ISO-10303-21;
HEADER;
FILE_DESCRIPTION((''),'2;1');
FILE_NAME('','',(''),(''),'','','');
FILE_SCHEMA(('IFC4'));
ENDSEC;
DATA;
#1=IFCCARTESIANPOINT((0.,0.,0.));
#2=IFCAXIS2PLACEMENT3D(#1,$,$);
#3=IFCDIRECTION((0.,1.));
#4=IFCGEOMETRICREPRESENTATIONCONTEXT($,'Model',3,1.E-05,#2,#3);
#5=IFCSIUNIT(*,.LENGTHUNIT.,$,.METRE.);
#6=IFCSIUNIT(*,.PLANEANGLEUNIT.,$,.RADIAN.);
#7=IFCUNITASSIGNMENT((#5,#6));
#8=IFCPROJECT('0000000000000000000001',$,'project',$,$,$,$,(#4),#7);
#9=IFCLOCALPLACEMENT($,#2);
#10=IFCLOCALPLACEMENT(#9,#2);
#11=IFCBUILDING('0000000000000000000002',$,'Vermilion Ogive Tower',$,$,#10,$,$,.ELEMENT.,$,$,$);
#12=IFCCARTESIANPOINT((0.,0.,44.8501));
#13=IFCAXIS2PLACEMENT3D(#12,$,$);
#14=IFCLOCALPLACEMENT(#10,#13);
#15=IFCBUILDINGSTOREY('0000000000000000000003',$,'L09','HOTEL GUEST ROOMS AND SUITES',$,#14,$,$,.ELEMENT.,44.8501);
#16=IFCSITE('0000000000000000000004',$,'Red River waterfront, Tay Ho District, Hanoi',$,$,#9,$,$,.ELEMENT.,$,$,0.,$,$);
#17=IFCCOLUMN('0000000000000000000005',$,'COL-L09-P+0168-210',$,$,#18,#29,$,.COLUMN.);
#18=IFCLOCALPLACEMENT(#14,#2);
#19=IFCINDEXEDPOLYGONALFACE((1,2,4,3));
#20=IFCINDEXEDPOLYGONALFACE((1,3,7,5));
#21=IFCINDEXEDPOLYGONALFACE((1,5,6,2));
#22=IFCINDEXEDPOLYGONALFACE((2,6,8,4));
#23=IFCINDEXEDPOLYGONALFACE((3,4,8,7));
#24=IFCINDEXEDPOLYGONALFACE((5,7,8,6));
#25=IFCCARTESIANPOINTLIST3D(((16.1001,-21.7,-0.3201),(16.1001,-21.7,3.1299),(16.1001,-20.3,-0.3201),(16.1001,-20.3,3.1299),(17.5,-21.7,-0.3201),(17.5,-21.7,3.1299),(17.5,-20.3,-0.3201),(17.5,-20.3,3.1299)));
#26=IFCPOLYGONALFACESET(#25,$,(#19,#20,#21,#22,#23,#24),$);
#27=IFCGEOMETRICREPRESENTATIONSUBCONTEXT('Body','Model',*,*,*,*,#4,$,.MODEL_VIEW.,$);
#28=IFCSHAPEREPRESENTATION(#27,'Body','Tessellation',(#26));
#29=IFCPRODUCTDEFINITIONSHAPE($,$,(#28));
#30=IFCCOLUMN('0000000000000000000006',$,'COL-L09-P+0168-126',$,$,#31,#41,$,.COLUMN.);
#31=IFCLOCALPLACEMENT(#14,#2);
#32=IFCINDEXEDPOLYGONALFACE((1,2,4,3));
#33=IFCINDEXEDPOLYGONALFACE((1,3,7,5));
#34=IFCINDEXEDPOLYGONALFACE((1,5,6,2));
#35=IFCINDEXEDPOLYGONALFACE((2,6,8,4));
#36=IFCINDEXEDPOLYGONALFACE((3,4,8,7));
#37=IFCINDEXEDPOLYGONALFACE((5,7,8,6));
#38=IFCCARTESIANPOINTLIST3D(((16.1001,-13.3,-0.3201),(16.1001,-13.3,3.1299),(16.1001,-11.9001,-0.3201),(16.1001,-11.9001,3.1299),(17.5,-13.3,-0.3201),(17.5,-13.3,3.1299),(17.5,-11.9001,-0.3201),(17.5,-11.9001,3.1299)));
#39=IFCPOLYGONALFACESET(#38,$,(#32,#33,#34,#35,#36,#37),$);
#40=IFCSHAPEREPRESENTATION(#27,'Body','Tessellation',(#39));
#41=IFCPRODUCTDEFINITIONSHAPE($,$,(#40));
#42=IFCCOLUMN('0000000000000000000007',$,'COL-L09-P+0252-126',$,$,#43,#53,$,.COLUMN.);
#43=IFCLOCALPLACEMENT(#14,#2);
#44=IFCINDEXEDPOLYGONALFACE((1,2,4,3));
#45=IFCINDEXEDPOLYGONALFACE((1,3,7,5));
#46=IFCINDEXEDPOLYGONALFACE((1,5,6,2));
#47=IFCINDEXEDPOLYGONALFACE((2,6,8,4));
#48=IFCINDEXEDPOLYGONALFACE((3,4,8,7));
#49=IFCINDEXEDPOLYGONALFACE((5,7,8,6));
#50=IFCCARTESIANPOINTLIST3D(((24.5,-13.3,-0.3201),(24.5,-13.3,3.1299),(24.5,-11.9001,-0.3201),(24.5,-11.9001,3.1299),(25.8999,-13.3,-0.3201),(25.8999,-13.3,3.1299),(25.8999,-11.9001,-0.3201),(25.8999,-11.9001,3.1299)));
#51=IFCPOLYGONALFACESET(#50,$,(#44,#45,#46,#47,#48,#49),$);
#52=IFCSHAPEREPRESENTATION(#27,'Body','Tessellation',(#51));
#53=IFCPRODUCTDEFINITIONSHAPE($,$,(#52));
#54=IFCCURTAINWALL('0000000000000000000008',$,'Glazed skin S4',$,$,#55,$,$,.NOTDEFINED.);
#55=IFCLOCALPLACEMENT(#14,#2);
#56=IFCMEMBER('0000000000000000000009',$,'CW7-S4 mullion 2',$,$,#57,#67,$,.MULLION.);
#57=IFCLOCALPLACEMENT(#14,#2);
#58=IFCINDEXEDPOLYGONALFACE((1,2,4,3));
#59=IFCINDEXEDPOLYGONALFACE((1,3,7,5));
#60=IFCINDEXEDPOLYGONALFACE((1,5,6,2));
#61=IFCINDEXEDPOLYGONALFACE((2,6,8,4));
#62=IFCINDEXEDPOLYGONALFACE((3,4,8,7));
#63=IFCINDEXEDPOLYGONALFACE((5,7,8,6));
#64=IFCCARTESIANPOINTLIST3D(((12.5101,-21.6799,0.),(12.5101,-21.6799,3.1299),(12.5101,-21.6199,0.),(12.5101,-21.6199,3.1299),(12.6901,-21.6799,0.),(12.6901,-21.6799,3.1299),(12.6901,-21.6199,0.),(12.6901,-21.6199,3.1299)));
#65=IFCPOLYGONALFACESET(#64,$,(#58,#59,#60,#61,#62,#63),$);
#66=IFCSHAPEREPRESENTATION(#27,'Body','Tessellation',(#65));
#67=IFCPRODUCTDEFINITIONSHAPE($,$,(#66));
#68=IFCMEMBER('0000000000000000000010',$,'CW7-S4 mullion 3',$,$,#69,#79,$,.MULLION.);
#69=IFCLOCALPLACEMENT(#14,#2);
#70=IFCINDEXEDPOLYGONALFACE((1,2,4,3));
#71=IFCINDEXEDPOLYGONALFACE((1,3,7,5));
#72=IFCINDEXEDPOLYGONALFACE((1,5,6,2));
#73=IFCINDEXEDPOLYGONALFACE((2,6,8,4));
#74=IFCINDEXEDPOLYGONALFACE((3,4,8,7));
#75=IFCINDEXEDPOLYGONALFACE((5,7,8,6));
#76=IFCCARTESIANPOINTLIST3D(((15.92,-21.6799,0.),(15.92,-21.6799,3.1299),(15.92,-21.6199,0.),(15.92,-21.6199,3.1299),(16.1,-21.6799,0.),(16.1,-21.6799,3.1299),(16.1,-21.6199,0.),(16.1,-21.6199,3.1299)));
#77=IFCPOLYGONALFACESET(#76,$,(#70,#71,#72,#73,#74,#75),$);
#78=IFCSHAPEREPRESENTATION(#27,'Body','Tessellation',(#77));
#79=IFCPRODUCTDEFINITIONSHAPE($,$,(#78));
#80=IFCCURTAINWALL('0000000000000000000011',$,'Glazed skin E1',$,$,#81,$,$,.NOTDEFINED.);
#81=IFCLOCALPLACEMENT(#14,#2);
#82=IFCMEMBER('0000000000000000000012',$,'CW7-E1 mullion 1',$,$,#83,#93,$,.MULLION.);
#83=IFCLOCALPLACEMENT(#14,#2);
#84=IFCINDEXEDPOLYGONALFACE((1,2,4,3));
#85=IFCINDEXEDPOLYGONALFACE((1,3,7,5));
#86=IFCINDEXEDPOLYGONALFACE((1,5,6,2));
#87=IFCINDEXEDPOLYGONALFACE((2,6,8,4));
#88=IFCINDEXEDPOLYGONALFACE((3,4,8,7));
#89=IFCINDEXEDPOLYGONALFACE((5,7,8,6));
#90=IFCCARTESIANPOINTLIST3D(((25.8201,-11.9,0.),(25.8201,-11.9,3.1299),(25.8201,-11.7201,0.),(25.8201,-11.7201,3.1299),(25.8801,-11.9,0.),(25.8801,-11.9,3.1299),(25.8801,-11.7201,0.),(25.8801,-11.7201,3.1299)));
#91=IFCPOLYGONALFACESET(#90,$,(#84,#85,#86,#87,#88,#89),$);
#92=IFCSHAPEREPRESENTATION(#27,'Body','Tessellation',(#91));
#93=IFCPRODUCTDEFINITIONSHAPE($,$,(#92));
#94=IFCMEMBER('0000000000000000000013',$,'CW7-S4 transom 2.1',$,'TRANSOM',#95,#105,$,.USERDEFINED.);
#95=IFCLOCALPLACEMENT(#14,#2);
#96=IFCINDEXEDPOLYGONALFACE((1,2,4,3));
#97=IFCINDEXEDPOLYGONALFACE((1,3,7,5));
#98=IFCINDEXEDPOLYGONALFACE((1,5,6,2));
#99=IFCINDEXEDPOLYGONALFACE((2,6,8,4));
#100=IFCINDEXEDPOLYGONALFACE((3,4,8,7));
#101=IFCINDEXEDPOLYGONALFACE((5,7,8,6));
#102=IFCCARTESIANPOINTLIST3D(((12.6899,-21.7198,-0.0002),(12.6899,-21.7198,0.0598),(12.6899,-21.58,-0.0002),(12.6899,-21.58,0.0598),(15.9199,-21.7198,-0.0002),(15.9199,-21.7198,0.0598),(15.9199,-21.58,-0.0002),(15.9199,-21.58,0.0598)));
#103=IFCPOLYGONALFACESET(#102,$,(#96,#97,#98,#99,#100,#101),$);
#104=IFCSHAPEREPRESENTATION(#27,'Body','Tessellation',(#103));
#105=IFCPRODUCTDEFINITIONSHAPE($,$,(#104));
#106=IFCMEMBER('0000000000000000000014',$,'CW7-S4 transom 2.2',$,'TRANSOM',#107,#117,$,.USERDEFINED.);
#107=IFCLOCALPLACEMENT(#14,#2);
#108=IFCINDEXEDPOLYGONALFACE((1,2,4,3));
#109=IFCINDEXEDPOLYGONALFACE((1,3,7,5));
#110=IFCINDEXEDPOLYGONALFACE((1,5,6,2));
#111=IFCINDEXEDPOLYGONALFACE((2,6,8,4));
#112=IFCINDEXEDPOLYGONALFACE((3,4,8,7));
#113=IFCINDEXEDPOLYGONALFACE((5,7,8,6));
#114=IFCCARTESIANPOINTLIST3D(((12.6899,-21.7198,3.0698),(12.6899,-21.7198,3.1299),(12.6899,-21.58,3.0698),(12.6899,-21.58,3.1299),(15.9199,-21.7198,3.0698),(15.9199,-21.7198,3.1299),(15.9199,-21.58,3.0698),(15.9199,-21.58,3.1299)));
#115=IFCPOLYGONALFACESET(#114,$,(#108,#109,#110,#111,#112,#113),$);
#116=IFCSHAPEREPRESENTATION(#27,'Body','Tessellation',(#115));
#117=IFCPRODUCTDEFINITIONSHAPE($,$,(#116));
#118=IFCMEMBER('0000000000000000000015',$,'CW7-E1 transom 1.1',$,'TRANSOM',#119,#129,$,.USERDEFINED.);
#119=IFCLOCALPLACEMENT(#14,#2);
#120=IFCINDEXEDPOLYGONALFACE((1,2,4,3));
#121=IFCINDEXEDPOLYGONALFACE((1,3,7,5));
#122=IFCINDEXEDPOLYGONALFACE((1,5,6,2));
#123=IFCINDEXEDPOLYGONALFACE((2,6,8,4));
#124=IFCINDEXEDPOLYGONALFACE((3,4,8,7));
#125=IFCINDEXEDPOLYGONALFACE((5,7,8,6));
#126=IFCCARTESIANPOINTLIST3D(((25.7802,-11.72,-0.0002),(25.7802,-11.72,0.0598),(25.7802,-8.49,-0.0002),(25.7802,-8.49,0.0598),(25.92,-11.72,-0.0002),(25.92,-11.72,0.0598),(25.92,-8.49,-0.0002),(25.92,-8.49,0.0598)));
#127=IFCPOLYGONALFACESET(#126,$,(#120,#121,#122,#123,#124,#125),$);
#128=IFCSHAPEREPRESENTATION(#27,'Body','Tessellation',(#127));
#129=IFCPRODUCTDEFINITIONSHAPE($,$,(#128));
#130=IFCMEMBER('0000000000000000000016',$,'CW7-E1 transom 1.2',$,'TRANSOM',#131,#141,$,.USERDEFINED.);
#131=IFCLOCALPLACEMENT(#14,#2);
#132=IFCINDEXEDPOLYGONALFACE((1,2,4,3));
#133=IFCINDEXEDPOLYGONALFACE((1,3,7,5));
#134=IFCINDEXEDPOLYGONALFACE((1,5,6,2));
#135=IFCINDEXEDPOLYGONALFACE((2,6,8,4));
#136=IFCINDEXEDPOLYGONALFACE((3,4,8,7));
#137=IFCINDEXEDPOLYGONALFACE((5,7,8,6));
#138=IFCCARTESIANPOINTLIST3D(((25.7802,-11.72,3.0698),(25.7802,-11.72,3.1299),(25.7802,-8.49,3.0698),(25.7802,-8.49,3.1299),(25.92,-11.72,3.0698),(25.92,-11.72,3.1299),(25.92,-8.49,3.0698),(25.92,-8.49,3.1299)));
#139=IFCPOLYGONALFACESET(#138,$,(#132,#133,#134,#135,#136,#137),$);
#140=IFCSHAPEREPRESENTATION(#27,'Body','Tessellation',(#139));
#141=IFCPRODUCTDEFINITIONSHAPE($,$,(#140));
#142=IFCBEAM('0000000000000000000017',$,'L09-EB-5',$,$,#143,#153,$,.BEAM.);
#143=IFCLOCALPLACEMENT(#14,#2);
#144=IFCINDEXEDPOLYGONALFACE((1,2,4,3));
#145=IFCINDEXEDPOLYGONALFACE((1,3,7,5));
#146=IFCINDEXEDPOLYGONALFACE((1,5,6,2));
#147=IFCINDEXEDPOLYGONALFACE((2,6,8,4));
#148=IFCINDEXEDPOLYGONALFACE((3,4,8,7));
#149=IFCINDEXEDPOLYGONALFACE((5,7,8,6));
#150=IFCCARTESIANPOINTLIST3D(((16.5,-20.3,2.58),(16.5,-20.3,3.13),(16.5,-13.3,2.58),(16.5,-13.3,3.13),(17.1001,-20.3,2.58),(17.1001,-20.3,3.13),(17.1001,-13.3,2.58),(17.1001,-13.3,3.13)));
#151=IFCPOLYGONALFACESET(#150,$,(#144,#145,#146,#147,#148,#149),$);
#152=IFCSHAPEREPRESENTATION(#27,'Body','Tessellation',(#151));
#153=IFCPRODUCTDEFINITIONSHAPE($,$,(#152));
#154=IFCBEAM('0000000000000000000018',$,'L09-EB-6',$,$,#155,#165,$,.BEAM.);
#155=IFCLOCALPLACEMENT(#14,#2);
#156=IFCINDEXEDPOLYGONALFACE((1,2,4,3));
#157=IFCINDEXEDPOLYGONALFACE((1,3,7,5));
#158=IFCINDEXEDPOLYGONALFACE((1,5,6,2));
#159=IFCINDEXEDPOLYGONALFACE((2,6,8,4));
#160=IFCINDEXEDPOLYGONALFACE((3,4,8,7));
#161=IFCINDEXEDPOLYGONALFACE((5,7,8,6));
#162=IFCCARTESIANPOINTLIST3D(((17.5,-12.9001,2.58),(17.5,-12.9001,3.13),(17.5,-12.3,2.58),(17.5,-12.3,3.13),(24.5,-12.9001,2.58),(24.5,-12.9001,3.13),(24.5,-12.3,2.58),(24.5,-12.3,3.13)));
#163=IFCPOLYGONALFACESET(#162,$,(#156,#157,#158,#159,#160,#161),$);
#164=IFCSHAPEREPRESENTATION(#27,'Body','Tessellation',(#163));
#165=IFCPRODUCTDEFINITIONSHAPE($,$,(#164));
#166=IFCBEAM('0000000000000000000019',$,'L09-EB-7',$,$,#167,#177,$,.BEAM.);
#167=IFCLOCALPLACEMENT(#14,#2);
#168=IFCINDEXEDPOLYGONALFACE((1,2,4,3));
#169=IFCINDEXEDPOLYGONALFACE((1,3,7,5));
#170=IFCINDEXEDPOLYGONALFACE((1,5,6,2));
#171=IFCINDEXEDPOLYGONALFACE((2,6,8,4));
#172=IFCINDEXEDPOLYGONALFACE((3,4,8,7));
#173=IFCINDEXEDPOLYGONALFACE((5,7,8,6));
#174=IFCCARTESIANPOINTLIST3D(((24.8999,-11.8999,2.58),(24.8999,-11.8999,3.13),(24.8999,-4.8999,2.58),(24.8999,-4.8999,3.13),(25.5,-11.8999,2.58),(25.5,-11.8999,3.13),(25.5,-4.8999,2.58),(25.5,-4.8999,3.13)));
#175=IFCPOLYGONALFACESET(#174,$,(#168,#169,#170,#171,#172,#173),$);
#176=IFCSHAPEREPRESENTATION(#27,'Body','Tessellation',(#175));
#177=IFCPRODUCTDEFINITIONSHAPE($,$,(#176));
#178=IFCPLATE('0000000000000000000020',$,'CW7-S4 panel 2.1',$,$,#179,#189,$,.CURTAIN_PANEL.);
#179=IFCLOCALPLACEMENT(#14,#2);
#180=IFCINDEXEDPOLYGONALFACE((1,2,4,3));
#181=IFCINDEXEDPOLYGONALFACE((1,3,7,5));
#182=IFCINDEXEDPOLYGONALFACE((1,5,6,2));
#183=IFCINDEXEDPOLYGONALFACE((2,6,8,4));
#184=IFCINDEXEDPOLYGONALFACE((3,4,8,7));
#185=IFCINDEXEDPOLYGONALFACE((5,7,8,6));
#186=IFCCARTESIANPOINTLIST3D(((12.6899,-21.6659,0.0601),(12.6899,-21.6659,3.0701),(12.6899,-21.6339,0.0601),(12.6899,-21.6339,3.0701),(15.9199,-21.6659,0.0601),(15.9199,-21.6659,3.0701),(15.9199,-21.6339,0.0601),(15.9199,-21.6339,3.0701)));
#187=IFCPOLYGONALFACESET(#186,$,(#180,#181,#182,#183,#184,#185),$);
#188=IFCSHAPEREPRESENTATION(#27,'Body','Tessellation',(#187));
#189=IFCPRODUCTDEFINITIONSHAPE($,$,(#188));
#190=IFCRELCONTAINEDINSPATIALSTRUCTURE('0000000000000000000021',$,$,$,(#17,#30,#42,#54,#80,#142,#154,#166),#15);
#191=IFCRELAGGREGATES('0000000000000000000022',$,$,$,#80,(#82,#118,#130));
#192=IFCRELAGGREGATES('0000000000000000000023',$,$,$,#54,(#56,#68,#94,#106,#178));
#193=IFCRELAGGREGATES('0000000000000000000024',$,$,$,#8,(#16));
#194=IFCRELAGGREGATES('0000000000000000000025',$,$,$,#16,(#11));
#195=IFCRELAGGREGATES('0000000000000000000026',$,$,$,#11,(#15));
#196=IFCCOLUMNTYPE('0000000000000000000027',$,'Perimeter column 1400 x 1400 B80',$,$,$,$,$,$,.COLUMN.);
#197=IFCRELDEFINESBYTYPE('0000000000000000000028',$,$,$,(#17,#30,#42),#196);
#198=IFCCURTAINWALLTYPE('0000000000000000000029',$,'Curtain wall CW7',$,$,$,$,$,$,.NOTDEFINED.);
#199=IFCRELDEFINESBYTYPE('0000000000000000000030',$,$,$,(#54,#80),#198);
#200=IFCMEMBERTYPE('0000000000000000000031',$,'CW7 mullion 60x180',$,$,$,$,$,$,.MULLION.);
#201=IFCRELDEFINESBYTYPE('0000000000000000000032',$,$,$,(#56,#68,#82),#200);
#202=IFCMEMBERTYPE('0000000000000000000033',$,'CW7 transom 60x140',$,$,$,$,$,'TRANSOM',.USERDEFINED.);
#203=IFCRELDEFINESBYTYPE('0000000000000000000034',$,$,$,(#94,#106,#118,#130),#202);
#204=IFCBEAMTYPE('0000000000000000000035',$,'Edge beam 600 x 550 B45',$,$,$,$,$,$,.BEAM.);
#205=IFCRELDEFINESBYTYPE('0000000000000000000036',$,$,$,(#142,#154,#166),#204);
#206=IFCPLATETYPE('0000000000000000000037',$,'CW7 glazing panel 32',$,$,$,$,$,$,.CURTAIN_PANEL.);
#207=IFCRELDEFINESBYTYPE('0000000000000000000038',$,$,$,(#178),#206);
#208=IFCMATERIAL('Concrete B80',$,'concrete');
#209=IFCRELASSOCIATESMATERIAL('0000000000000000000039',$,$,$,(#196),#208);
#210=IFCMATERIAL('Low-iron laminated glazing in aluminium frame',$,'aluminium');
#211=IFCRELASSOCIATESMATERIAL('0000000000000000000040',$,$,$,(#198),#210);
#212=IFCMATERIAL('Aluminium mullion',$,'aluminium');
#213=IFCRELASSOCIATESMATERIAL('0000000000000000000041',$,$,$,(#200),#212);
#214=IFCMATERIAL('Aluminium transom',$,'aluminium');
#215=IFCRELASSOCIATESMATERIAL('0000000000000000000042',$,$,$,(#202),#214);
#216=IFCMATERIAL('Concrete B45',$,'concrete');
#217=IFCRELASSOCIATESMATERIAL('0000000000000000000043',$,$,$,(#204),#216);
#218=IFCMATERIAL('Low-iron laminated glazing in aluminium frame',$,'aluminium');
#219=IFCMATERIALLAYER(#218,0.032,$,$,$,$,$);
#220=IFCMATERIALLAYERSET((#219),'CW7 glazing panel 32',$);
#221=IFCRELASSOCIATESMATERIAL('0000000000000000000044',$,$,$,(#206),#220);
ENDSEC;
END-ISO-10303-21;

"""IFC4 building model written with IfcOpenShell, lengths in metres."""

from ifc_helpers import new_model, si_unit, direction, frame, origin, origin_2d, place, context, subcontext, project, spatial, rectangle, extrude, material, layer, layer_set, material_profile, profile_set, type_object, element, aggregate, save


model = new_model("IFC4")

# Units and contexts
model_context = context("Model", 3, precision=1e-05, world=origin(), true_north=direction((0.0, 1.0)))
body_context = subcontext(model_context, "Body", "Model", "MODEL_VIEW")
ifc_project = project(units=[si_unit("LENGTHUNIT", "METRE"), si_unit("PLANEANGLEUNIT", "RADIAN")], contexts=[model_context])

# Site, building, storey
site_placement = place(None, origin())
site = spatial("IfcSite", under=ifc_project, at=site_placement, Name="Red River waterfront, Tay Ho District, Hanoi", CompositionType="ELEMENT", RefElevation=0.0)
building_placement = place(site_placement, origin())
building = spatial("IfcBuilding", under=site, at=building_placement, Name="Vermilion Ogive Tower", CompositionType="ELEMENT")
storey_placement = place(building_placement, frame((0.0, 0.0, 44.8501)))
storey = spatial("IfcBuildingStorey", under=building, at=storey_placement, Name="L09", Description="HOTEL GUEST ROOMS AND SUITES", CompositionType="ELEMENT", Elevation=44.8501)

# Columns
ifc_material_1 = material(Name="Concrete B80", Category="concrete")
ifc_material_profile_1 = material_profile(ifc_material_1, rectangle(XDim=1.3999, YDim=1.3999, at=origin_2d()), Name="1400 x 1400")
ifc_profile_set_1 = profile_set([ifc_material_profile_1], Name="Concrete B80")
column_type = type_object("IfcColumnType", Name="Perimeter column 1400 x 1400 B80", PredefinedType="COLUMN", material=ifc_profile_set_1)
for number, where, z_axis, x_axis, name in (
    (1, (16.8, -21.0, -0.3201), (0.0, 0.0, 1.0), (1.0, 0.0, 0.0), "COL-L09-P+0168-210"),
    (2, (16.8, -12.6001, -0.3201), (0.0, 0.0, 1.0), (1.0, 0.0, 0.0), "COL-L09-P+0168-126"),
    (3, (25.2, -12.6001, -0.3201), (0.0, 0.0, 1.0), (1.0, 0.0, 0.0), "COL-L09-P+0252-126"),
):
    element("IfcColumn", number, at=place(storey_placement, frame(where, z_axis=z_axis, x_axis=x_axis)), inside=storey, type_object=column_type, Name=name, PredefinedType="COLUMN", context=body_context, shape_type="SweptSolid", body=[
        extrude(rectangle(XDim=1.3999, YDim=1.3999, at=origin_2d()), origin(), (0.0, 0.0, 1.0), 3.45),
    ])

# Curtain wall, members
ifc_material_2 = material(Name="Low-iron laminated glazing in aluminium frame", Category="aluminium")
curtain_wall_type = type_object("IfcCurtainWallType", Name="Curtain wall CW7", PredefinedType="NOTDEFINED", material=ifc_material_2)
curtain_wall_1_placement = place(storey_placement, origin())
curtain_wall_1 = element("IfcCurtainWall", 4, at=curtain_wall_1_placement, inside=storey, type_object=curtain_wall_type, Name="Glazed skin S4", PredefinedType="NOTDEFINED")
ifc_material_3 = material(Name="Aluminium mullion", Category="aluminium")
ifc_material_profile_2 = material_profile(ifc_material_3, rectangle(XDim=0.0601, YDim=0.1799, at=origin_2d()), Name="AL 60x180")
ifc_profile_set_2 = profile_set([ifc_material_profile_2], Name="Aluminium mullion")
member_type_1 = type_object("IfcMemberType", Name="CW7 mullion 60x180", PredefinedType="MULLION", material=ifc_profile_set_2)
member_1_placement = place(storey_placement, frame((12.6001, -21.6499, 0.0), z_axis=(0.0, 0.0, 1.0), x_axis=(0.0, 1.0, 0.0)))
member_1 = element("IfcMember", 5, at=member_1_placement, type_object=member_type_1, Name="CW7-S4 mullion 2", PredefinedType="MULLION", context=body_context, shape_type="SweptSolid", body=[
    extrude(rectangle(XDim=0.0601, YDim=0.1799, at=origin_2d()), origin(), (0.0, 0.0, 1.0), 3.1299),
])
member_2_placement = place(storey_placement, frame((16.01, -21.6499, 0.0), z_axis=(0.0, 0.0, 1.0), x_axis=(0.0, 1.0, 0.0)))
member_2 = element("IfcMember", 6, at=member_2_placement, type_object=member_type_1, Name="CW7-S4 mullion 3", PredefinedType="MULLION", context=body_context, shape_type="SweptSolid", body=[
    extrude(rectangle(XDim=0.0601, YDim=0.1799, at=origin_2d()), origin(), (0.0, 0.0, 1.0), 3.1299),
])

# Curtain wall, member
curtain_wall_2_placement = place(storey_placement, origin())
curtain_wall_2 = element("IfcCurtainWall", 7, at=curtain_wall_2_placement, inside=storey, type_object=curtain_wall_type, Name="Glazed skin E1", PredefinedType="NOTDEFINED")
member_3_placement = place(storey_placement, frame((25.8501, -11.8101, 0.0), z_axis=(0.0, 0.0, 1.0), x_axis=(-1.0, 0.0, 0.0)))
member_3 = element("IfcMember", 8, at=member_3_placement, type_object=member_type_1, Name="CW7-E1 mullion 1", PredefinedType="MULLION", context=body_context, shape_type="SweptSolid", body=[
    extrude(rectangle(XDim=0.0601, YDim=0.1799, at=origin_2d()), origin(), (0.0, 0.0, 1.0), 3.1299),
])

# Members
ifc_material_4 = material(Name="Aluminium transom", Category="aluminium")
ifc_material_profile_3 = material_profile(ifc_material_4, rectangle(XDim=0.1399, YDim=0.0601, at=origin_2d()), Name="AL 60x140")
ifc_profile_set_3 = profile_set([ifc_material_profile_3], Name="Aluminium transom")
member_type_2 = type_object("IfcMemberType", Name="CW7 transom 60x140", ElementType="TRANSOM", PredefinedType="USERDEFINED", material=ifc_profile_set_3)
member_4_placement = place(storey_placement, frame((12.6899, -21.6499, 0.0298), z_axis=(1.0, 0.0, 0.0), x_axis=(0.0, 1.0, 0.0)))
member_4 = element("IfcMember", 9, at=member_4_placement, type_object=member_type_2, Name="CW7-S4 transom 2.1", ObjectType="TRANSOM", PredefinedType="USERDEFINED", context=body_context, shape_type="SweptSolid", body=[
    extrude(rectangle(XDim=0.1399, YDim=0.0601, at=origin_2d()), origin(), (0.0, 0.0, 1.0), 3.23),
])
member_5_placement = place(storey_placement, frame((12.6899, -21.6499, 3.0999), z_axis=(1.0, 0.0, 0.0), x_axis=(0.0, 1.0, 0.0)))
member_5 = element("IfcMember", 10, at=member_5_placement, type_object=member_type_2, Name="CW7-S4 transom 2.2", ObjectType="TRANSOM", PredefinedType="USERDEFINED", context=body_context, shape_type="SweptSolid", body=[
    extrude(rectangle(XDim=0.1399, YDim=0.0601, at=origin_2d()), origin(), (0.0, 0.0, 1.0), 3.23),
])
member_6_placement = place(storey_placement, frame((25.8501, -11.72, 0.0298), z_axis=(0.0, 1.0, 0.0), x_axis=(-1.0, 0.0, 0.0)))
member_6 = element("IfcMember", 11, at=member_6_placement, type_object=member_type_2, Name="CW7-E1 transom 1.1", ObjectType="TRANSOM", PredefinedType="USERDEFINED", context=body_context, shape_type="SweptSolid", body=[
    extrude(rectangle(XDim=0.1399, YDim=0.0601, at=origin_2d()), origin(), (0.0, 0.0, 1.0), 3.23),
])
member_7_placement = place(storey_placement, frame((25.8501, -11.72, 3.0999), z_axis=(0.0, 1.0, 0.0), x_axis=(-1.0, 0.0, 0.0)))
member_7 = element("IfcMember", 12, at=member_7_placement, type_object=member_type_2, Name="CW7-E1 transom 1.2", ObjectType="TRANSOM", PredefinedType="USERDEFINED", context=body_context, shape_type="SweptSolid", body=[
    extrude(rectangle(XDim=0.1399, YDim=0.0601, at=origin_2d()), origin(), (0.0, 0.0, 1.0), 3.23),
])
aggregate(curtain_wall_2, [member_3, member_6, member_7])

# Beams
ifc_material_5 = material(Name="Concrete B45", Category="concrete")
ifc_material_profile_4 = material_profile(ifc_material_5, rectangle(XDim=0.6001, YDim=0.55, at=origin_2d()), Name="600 x 550")
ifc_profile_set_4 = profile_set([ifc_material_profile_4], Name="Concrete B45")
beam_type = type_object("IfcBeamType", Name="Edge beam 600 x 550 B45", PredefinedType="BEAM", material=ifc_profile_set_4)
for number, where, z_axis, x_axis, name in (
    (13, (16.8, -20.3, 2.855), (0.0, 1.0, 0.0), (-1.0, 0.0, 0.0), "L09-EB-5"),
    (14, (17.5, -12.6001, 2.855), (1.0, 0.0, 0.0), (0.0, 1.0, 0.0), "L09-EB-6"),
    (15, (25.2, -11.8999, 2.855), (0.0, 1.0, 0.0), (-1.0, 0.0, 0.0), "L09-EB-7"),
):
    element("IfcBeam", number, at=place(storey_placement, frame(where, z_axis=z_axis, x_axis=x_axis)), inside=storey, type_object=beam_type, Name=name, PredefinedType="BEAM", context=body_context, shape_type="SweptSolid", body=[
        extrude(rectangle(XDim=0.6001, YDim=0.55, at=origin_2d()), origin(), (0.0, 0.0, 1.0), 7.0),
    ])

# Plate
ifc_material_6 = material(Name="Low-iron laminated glazing in aluminium frame", Category="aluminium")
ifc_layer_1 = layer(ifc_material_6, 0.032)
ifc_layer_set_1 = layer_set([ifc_layer_1], Name="CW7 glazing panel 32")
plate_type = type_object("IfcPlateType", Name="CW7 glazing panel 32", PredefinedType="CURTAIN_PANEL", material=ifc_layer_set_1)
plate_placement = place(storey_placement, frame((14.3049, -21.6499, 0.0601), z_axis=(0.0, 0.0, 1.0), x_axis=(1.0, 0.0, 0.0)))
plate = element("IfcPlate", 16, at=plate_placement, type_object=plate_type, Name="CW7-S4 panel 2.1", PredefinedType="CURTAIN_PANEL", context=body_context, shape_type="SweptSolid", body=[
    extrude(rectangle(XDim=3.23, YDim=0.032, at=origin_2d()), origin(), (0.0, 0.0, 1.0), 3.01),
])
aggregate(curtain_wall_1, [member_1, member_2, member_4, member_5, plate])

save(model, "model.ifc")
